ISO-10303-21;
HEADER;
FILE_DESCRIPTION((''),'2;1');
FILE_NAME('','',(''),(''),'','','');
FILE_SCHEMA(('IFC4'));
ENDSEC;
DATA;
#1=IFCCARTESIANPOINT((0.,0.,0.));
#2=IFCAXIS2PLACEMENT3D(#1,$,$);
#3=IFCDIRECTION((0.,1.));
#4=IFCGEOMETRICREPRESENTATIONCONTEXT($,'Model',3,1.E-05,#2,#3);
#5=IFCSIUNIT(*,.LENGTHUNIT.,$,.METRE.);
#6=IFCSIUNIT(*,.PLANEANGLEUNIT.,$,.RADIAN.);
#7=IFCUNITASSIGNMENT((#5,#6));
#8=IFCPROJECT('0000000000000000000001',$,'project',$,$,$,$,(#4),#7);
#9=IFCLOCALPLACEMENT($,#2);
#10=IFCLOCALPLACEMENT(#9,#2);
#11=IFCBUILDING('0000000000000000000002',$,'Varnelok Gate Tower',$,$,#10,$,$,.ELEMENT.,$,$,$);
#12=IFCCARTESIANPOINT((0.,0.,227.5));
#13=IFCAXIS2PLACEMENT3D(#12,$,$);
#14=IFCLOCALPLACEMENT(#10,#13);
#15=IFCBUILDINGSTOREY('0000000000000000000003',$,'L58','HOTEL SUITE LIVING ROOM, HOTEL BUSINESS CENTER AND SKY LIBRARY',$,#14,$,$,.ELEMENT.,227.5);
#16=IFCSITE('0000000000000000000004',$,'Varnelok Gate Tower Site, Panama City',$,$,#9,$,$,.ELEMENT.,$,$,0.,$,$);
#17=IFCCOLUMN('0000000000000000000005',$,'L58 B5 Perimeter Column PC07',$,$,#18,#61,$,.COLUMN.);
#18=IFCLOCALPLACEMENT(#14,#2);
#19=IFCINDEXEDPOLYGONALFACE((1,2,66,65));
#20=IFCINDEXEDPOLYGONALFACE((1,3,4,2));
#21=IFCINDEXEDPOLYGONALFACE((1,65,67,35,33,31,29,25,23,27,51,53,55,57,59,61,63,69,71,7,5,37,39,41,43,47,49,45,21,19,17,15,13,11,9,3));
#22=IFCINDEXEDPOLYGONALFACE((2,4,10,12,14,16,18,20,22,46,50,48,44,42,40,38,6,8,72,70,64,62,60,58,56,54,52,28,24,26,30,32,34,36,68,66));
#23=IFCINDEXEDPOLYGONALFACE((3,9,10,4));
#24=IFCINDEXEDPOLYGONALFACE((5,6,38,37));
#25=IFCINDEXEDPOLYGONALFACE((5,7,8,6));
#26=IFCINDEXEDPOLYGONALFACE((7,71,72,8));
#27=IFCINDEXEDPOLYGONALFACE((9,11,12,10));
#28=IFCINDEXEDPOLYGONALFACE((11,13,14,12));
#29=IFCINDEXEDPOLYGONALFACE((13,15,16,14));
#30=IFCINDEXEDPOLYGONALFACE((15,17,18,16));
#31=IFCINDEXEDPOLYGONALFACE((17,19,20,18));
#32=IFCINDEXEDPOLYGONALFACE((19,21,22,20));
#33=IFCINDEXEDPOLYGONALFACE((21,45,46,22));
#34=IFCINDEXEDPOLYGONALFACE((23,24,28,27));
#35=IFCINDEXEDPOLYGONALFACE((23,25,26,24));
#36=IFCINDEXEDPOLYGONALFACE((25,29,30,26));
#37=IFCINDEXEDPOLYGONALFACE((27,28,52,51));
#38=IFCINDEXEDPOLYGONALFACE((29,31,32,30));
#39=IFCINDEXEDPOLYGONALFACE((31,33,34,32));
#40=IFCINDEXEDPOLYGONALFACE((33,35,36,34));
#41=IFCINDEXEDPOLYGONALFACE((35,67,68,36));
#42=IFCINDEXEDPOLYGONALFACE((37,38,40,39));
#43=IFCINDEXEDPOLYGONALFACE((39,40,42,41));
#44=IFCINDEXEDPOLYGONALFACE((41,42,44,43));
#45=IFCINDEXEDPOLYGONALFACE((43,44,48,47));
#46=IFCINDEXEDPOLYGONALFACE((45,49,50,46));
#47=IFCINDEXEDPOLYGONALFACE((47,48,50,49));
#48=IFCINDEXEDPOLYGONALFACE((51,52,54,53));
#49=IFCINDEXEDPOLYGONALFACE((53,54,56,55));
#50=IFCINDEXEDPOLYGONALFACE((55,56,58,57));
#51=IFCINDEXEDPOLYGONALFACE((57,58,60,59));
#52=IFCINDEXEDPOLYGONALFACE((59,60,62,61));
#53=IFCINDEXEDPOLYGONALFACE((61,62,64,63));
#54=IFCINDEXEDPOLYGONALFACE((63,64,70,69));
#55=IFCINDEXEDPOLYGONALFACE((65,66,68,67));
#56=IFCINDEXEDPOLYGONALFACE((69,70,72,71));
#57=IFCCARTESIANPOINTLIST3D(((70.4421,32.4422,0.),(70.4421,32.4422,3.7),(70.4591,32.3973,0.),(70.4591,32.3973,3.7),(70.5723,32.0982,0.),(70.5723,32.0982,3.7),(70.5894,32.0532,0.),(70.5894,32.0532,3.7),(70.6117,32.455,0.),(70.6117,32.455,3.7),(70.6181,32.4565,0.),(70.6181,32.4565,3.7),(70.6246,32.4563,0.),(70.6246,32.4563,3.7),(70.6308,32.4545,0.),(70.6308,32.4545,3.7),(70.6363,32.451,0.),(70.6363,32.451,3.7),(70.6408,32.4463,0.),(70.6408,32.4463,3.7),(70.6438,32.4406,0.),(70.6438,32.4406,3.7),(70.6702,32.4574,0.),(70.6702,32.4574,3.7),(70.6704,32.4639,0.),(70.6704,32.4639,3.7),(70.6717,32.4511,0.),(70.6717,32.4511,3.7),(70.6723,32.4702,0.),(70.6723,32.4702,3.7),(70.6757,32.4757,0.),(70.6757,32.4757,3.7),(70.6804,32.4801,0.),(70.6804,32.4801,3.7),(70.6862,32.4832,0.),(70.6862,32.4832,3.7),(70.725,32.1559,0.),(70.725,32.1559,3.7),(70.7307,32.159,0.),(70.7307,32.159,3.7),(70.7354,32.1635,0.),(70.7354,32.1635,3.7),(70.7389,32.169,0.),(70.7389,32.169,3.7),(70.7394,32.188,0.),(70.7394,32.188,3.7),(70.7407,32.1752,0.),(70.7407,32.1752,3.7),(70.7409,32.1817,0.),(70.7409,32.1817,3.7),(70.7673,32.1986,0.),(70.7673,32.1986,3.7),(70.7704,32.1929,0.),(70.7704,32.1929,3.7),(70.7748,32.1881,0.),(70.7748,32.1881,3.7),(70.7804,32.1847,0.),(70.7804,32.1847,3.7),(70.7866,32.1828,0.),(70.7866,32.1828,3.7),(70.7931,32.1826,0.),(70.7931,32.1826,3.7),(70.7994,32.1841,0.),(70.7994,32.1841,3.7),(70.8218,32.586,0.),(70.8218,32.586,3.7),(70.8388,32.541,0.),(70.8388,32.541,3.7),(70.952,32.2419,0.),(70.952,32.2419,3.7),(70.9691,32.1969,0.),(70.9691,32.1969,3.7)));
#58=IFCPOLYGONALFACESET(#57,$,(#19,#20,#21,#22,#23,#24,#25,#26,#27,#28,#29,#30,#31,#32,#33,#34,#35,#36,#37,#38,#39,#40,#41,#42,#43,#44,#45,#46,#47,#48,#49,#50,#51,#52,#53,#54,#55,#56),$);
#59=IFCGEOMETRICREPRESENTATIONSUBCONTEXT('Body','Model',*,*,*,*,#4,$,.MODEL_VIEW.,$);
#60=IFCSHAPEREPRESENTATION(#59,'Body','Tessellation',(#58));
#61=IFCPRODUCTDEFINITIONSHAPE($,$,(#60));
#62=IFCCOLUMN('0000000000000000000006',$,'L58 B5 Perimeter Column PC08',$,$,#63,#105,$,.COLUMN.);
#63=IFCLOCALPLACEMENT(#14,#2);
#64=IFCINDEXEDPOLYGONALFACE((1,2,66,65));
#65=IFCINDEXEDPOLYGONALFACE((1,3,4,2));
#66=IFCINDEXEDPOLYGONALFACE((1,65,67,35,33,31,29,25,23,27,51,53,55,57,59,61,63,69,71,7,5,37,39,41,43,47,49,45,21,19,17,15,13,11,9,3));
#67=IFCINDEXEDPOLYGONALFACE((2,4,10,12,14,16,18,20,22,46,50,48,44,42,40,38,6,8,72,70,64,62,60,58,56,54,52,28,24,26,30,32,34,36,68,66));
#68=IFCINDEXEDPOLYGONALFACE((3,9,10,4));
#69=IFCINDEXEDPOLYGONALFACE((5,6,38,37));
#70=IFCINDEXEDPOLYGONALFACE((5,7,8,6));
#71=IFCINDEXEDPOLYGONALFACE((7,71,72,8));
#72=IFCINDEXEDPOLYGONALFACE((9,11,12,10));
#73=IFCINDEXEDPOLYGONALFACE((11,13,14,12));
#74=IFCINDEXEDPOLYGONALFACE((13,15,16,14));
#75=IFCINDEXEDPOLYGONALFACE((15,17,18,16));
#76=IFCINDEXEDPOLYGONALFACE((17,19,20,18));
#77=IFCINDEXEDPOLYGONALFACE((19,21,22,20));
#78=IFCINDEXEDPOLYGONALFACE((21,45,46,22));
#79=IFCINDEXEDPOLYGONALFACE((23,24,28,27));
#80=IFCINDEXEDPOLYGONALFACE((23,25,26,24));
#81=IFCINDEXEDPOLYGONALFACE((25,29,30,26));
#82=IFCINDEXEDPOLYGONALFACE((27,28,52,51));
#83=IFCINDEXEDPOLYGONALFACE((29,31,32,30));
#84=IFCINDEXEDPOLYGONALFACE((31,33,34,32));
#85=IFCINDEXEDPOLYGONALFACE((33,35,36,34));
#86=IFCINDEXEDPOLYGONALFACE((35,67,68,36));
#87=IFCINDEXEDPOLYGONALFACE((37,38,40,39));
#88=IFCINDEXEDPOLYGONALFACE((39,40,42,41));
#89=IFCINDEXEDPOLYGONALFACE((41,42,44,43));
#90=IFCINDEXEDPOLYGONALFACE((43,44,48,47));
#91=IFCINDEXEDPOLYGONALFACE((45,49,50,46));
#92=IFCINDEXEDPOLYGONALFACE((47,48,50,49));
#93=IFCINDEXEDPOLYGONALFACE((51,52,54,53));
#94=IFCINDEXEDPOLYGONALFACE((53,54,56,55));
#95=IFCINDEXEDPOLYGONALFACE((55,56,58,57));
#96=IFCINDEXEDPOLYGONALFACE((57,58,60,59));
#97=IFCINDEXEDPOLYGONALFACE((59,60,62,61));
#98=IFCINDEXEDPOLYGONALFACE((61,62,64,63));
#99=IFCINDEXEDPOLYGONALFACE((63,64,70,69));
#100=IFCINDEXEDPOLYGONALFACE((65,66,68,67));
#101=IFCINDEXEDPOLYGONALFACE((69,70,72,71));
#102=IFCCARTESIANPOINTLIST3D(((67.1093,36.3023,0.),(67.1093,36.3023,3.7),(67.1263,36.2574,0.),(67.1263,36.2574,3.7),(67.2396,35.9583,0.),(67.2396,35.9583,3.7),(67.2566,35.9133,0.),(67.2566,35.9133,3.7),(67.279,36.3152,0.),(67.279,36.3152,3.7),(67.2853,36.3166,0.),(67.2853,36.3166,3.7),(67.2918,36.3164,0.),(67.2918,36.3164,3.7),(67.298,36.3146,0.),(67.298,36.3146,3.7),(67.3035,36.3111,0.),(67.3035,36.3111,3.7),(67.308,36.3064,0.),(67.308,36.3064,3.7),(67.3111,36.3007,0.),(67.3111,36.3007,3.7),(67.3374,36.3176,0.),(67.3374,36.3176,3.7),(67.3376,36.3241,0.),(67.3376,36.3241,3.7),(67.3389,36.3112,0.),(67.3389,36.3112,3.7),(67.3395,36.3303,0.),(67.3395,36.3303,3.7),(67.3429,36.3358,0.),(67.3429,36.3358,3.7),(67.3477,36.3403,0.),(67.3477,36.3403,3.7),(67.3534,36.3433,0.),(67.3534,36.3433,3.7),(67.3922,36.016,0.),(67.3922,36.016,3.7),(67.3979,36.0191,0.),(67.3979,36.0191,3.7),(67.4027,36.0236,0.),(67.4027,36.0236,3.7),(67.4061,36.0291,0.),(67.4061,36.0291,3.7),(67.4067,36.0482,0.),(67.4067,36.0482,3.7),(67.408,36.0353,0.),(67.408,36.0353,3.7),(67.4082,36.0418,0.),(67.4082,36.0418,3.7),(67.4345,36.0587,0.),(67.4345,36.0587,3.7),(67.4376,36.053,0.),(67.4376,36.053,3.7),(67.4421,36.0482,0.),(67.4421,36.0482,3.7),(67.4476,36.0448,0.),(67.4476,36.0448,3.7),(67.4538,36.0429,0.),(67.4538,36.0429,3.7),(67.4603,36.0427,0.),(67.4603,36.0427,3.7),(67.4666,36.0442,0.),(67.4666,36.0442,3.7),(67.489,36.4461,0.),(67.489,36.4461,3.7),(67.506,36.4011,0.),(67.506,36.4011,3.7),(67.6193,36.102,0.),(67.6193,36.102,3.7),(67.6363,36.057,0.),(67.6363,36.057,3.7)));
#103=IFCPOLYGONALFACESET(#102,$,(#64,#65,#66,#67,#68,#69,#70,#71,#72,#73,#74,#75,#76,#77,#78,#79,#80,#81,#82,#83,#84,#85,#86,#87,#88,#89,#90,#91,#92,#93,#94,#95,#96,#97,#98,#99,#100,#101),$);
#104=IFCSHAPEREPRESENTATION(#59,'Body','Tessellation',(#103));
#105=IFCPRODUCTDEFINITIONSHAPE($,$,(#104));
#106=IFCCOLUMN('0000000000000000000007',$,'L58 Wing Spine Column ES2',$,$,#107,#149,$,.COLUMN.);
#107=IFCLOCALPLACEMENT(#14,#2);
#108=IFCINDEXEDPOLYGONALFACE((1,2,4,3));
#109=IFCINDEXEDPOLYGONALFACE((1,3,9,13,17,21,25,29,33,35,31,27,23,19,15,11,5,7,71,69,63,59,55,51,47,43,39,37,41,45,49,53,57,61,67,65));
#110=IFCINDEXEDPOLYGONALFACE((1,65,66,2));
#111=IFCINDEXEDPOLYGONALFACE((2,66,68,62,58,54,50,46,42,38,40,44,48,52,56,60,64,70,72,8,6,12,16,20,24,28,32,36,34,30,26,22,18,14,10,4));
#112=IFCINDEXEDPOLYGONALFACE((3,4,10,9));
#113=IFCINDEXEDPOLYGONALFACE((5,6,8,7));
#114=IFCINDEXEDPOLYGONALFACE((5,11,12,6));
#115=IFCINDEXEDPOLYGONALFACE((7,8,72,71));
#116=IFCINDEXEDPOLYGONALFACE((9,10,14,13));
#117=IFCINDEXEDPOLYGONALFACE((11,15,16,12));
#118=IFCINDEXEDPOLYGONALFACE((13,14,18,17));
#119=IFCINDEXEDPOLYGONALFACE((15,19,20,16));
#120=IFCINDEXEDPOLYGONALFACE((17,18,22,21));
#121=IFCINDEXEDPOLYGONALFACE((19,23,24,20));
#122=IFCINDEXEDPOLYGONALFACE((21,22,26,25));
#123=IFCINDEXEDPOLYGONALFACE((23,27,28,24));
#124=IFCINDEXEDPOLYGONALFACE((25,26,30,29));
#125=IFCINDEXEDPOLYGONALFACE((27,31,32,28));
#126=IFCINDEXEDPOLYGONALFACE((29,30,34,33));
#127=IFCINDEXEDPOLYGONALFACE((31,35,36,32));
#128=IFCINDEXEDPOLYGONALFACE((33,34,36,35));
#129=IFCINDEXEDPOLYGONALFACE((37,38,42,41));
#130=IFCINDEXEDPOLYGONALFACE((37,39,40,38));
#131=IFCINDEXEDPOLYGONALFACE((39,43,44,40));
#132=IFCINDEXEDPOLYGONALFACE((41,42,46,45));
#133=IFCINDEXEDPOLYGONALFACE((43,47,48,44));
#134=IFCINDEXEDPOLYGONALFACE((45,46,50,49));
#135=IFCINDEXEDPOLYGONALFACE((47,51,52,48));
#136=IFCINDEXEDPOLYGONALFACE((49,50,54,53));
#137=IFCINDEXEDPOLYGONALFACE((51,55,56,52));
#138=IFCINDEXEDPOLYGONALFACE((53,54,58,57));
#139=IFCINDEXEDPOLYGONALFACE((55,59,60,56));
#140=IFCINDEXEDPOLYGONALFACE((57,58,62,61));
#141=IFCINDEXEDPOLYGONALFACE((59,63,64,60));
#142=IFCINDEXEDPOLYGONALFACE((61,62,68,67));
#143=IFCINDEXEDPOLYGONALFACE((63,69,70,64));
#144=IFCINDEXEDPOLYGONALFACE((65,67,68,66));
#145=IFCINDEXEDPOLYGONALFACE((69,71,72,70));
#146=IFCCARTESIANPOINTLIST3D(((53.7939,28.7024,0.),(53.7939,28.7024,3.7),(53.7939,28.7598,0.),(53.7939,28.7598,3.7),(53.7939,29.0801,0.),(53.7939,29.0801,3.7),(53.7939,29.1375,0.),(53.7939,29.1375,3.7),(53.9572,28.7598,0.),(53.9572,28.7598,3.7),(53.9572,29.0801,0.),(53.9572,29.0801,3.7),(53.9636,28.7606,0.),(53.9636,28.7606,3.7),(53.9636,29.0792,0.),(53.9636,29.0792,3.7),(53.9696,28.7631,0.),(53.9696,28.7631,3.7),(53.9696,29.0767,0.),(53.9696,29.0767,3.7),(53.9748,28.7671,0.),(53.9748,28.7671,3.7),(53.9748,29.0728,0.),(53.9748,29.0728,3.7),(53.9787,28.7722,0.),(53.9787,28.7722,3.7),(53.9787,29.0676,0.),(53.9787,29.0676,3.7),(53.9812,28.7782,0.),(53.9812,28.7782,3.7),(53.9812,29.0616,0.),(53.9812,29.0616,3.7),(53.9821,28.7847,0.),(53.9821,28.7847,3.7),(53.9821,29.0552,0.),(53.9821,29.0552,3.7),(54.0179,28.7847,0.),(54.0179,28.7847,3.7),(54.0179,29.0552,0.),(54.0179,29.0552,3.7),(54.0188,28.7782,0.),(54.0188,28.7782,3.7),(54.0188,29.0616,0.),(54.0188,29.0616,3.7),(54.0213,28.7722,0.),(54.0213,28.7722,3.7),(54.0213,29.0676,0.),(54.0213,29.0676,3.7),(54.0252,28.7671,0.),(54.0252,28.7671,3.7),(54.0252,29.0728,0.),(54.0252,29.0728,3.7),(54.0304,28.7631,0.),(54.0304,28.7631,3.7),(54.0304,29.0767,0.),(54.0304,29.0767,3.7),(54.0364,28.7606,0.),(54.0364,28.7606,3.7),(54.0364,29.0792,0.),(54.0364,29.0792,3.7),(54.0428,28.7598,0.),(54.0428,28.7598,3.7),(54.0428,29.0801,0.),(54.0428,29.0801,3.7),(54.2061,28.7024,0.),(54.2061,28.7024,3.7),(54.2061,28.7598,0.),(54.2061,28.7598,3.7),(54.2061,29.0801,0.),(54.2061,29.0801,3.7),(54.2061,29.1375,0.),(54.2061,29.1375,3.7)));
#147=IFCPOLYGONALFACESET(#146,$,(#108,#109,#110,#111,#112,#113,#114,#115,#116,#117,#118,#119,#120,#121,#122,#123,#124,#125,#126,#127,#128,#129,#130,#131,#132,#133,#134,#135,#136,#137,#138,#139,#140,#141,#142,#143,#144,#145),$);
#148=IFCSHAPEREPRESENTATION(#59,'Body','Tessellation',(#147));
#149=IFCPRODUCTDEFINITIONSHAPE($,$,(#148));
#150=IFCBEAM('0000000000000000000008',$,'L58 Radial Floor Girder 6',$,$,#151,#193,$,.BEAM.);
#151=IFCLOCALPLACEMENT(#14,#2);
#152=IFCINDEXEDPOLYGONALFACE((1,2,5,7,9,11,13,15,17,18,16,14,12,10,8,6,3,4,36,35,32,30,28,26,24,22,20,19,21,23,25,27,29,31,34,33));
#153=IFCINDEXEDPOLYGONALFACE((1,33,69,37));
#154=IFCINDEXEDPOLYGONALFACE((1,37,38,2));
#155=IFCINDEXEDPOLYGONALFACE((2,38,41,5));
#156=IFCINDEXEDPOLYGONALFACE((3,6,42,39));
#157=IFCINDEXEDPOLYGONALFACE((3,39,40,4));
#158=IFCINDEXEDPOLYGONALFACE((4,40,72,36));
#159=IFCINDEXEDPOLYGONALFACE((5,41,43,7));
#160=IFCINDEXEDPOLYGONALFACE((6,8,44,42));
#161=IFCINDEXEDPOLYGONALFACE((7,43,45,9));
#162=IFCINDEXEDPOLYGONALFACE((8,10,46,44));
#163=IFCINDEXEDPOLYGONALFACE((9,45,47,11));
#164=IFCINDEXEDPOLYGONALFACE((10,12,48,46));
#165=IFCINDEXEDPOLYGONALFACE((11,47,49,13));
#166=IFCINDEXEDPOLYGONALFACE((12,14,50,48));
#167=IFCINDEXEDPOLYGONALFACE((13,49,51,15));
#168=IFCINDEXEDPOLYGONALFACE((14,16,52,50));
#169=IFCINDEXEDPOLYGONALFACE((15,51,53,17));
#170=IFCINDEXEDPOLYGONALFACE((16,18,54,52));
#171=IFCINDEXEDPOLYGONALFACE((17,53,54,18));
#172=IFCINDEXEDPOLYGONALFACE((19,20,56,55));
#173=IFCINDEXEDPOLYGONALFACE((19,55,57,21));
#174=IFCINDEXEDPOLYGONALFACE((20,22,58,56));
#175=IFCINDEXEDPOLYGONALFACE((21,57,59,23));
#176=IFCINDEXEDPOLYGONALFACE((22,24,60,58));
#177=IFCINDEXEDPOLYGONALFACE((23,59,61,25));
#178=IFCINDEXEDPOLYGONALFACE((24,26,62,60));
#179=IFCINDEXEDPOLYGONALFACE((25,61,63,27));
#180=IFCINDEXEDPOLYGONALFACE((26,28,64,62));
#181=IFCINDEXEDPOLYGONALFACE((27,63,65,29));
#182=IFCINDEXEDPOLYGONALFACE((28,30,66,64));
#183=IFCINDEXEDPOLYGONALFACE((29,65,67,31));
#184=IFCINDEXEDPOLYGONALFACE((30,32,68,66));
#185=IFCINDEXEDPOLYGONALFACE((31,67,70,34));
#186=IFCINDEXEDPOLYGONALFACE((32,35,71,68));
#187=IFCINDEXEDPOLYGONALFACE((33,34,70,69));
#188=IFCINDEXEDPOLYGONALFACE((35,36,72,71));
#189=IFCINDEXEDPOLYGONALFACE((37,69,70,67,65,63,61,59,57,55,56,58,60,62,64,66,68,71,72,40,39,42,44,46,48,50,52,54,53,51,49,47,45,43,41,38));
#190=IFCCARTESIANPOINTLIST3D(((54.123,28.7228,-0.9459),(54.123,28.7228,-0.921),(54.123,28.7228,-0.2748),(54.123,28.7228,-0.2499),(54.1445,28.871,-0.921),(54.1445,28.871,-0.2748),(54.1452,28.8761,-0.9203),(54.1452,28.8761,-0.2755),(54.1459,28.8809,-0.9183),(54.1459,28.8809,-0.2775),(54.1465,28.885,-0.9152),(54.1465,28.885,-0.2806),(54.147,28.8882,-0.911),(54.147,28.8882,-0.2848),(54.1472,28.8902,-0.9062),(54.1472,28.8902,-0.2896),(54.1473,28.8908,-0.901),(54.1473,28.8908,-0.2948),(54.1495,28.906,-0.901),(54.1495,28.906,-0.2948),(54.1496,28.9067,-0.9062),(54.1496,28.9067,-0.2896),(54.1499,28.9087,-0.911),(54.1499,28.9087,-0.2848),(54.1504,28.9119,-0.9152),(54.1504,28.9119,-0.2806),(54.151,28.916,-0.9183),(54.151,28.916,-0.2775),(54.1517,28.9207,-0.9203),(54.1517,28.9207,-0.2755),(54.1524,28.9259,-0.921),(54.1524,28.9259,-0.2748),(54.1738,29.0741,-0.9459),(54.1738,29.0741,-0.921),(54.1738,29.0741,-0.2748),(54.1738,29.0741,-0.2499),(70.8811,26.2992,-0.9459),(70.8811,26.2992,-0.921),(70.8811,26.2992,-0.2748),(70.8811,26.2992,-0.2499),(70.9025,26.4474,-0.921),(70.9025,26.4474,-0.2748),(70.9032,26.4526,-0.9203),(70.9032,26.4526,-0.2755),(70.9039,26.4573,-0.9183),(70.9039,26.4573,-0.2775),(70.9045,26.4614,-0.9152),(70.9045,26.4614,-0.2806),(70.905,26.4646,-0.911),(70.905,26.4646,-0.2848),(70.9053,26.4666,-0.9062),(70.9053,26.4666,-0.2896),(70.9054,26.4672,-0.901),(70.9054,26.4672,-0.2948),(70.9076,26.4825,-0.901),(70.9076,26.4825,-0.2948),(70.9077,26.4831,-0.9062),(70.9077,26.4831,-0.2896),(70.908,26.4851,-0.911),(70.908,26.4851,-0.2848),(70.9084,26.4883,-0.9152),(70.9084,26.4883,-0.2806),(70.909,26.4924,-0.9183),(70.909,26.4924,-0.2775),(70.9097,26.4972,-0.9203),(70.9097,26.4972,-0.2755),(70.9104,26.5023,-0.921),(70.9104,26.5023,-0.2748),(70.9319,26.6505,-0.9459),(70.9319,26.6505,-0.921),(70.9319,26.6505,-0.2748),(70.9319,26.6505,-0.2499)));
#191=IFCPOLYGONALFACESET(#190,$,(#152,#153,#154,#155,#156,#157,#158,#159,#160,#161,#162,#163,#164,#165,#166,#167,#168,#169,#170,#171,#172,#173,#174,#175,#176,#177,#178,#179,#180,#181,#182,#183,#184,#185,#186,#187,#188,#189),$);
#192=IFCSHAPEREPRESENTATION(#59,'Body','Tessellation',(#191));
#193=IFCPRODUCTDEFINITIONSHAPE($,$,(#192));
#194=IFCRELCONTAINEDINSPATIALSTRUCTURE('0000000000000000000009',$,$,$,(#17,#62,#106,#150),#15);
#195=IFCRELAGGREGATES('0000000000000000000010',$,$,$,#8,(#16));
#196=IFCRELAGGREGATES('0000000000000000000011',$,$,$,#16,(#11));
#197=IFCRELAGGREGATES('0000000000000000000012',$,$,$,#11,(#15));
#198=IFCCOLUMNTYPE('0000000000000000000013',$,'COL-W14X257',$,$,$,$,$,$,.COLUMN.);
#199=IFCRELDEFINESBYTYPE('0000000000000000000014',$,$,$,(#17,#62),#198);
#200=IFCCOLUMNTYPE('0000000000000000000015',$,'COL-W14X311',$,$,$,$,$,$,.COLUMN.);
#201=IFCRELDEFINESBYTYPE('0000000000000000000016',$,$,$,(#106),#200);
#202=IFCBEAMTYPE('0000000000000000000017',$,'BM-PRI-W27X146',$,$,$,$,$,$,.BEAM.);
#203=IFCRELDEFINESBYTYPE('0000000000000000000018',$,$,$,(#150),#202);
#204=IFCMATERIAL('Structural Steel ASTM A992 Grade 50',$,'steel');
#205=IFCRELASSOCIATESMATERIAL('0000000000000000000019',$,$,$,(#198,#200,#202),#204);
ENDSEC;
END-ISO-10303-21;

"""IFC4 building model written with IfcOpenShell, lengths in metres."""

from ifc_helpers import new_model, si_unit, direction, frame, origin, origin_2d, place, context, subcontext, project, spatial, i_section, extrude, material, material_profile, profile_set, type_object, element, save


model = new_model("IFC4")

# Units and contexts
model_context = context("Model", 3, precision=1e-05, world=origin(), true_north=direction((0.0, 1.0)))
body_context = subcontext(model_context, "Body", "Model", "MODEL_VIEW")
ifc_project = project(units=[si_unit("LENGTHUNIT", "METRE"), si_unit("PLANEANGLEUNIT", "RADIAN")], contexts=[model_context])

# Site, building, storey
site_placement = place(None, origin())
site = spatial("IfcSite", under=ifc_project, at=site_placement, Name="Varnelok Gate Tower Site, Panama City", CompositionType="ELEMENT", RefElevation=0.0)
building_placement = place(site_placement, origin())
building = spatial("IfcBuilding", under=site, at=building_placement, Name="Varnelok Gate Tower", CompositionType="ELEMENT")
storey_placement = place(building_placement, frame((0.0, 0.0, 227.5)))
storey = spatial("IfcBuildingStorey", under=building, at=storey_placement, Name="L58", Description="HOTEL SUITE LIVING ROOM, HOTEL BUSINESS CENTER AND SKY LIBRARY", CompositionType="ELEMENT", Elevation=227.5)

# Columns
ifc_material_1 = material(Name="Structural Steel ASTM A992 Grade 50", Category="steel")
ifc_material_profile_1 = material_profile(ifc_material_1, i_section(OverallWidth=0.406, OverallDepth=0.416, WebThickness=0.0298, FlangeThickness=0.0481, FilletRadius=0.0249, at=origin_2d()), Name="W14X257")
ifc_profile_set_1 = profile_set([ifc_material_profile_1], Name="Structural Steel ASTM A992 Grade 50")
column_type_1 = type_object("IfcColumnType", Name="COL-W14X257", PredefinedType="COLUMN", material=ifc_profile_set_1)
for number, where, z_axis, x_axis, name in (
    (1, (70.7056, 32.3196, 0.0), (0.0, 0.0, 1.0), (0.935222, 0.354063, 0.0), "L58 B5 Perimeter Column PC07"),
    (2, (67.3728, 36.1797, 0.0), (0.0, 0.0, 1.0), (0.935222, 0.354063, 0.0), "L58 B5 Perimeter Column PC08"),
):
    element("IfcColumn", number, at=place(storey_placement, frame(where, z_axis=z_axis, x_axis=x_axis)), inside=storey, type_object=column_type_1, Name=name, PredefinedType="COLUMN", context=body_context, shape_type="SweptSolid", body=[
        extrude(i_section(OverallWidth=0.406, OverallDepth=0.416, WebThickness=0.0298, FlangeThickness=0.0481, FilletRadius=0.0249, at=origin_2d()), origin(), (0.0, 0.0, 1.0), 3.7),
    ])
ifc_material_profile_2 = material_profile(ifc_material_1, i_section(OverallWidth=0.4121, OverallDepth=0.4351, WebThickness=0.0359, FlangeThickness=0.0574, FilletRadius=0.0249, at=origin_2d()), Name="W14X311")
ifc_profile_set_2 = profile_set([ifc_material_profile_2], Name="Structural Steel ASTM A992 Grade 50")
column_type_2 = type_object("IfcColumnType", Name="COL-W14X311", PredefinedType="COLUMN", material=ifc_profile_set_2)
column_placement = place(storey_placement, frame((54.0, 28.9199, 0.0), z_axis=(0.0, 0.0, 1.0), x_axis=(1.0, 0.0, 0.0)))
element("IfcColumn", 3, at=column_placement, inside=storey, type_object=column_type_2, Name="L58 Wing Spine Column ES2", PredefinedType="COLUMN", context=body_context, shape_type="SweptSolid", body=[
    extrude(i_section(OverallWidth=0.4121, OverallDepth=0.4351, WebThickness=0.0359, FlangeThickness=0.0574, FilletRadius=0.0249, at=origin_2d()), origin(), (0.0, 0.0, 1.0), 3.7),
])

# Beam
ifc_material_profile_3 = material_profile(ifc_material_1, i_section(OverallWidth=0.355, OverallDepth=0.696, WebThickness=0.0154, FlangeThickness=0.0249, FilletRadius=0.02, at=origin_2d()), Name="W27X146")
ifc_profile_set_3 = profile_set([ifc_material_profile_3], Name="Structural Steel ASTM A992 Grade 50")
beam_type_1 = type_object("IfcBeamType", Name="BM-PRI-W27X146", PredefinedType="BEAM", material=ifc_profile_set_3)
beam_1_placement = place(storey_placement, frame((54.1484, 28.8984, -0.5979), z_axis=(0.989703, -0.143133, 0.0), x_axis=(0.143133, 0.989703, 0.0)))
element("IfcBeam", 4, at=beam_1_placement, inside=storey, type_object=beam_type_1, Name="L58 Radial Floor Girder 6", PredefinedType="BEAM", context=body_context, shape_type="SweptSolid", body=[
    extrude(i_section(OverallWidth=0.355, OverallDepth=0.696, WebThickness=0.0154, FlangeThickness=0.0249, FilletRadius=0.02, at=origin_2d()), origin(), (0.0, 0.0, 1.0), 16.9324),
])

save(model, "model.ifc")
